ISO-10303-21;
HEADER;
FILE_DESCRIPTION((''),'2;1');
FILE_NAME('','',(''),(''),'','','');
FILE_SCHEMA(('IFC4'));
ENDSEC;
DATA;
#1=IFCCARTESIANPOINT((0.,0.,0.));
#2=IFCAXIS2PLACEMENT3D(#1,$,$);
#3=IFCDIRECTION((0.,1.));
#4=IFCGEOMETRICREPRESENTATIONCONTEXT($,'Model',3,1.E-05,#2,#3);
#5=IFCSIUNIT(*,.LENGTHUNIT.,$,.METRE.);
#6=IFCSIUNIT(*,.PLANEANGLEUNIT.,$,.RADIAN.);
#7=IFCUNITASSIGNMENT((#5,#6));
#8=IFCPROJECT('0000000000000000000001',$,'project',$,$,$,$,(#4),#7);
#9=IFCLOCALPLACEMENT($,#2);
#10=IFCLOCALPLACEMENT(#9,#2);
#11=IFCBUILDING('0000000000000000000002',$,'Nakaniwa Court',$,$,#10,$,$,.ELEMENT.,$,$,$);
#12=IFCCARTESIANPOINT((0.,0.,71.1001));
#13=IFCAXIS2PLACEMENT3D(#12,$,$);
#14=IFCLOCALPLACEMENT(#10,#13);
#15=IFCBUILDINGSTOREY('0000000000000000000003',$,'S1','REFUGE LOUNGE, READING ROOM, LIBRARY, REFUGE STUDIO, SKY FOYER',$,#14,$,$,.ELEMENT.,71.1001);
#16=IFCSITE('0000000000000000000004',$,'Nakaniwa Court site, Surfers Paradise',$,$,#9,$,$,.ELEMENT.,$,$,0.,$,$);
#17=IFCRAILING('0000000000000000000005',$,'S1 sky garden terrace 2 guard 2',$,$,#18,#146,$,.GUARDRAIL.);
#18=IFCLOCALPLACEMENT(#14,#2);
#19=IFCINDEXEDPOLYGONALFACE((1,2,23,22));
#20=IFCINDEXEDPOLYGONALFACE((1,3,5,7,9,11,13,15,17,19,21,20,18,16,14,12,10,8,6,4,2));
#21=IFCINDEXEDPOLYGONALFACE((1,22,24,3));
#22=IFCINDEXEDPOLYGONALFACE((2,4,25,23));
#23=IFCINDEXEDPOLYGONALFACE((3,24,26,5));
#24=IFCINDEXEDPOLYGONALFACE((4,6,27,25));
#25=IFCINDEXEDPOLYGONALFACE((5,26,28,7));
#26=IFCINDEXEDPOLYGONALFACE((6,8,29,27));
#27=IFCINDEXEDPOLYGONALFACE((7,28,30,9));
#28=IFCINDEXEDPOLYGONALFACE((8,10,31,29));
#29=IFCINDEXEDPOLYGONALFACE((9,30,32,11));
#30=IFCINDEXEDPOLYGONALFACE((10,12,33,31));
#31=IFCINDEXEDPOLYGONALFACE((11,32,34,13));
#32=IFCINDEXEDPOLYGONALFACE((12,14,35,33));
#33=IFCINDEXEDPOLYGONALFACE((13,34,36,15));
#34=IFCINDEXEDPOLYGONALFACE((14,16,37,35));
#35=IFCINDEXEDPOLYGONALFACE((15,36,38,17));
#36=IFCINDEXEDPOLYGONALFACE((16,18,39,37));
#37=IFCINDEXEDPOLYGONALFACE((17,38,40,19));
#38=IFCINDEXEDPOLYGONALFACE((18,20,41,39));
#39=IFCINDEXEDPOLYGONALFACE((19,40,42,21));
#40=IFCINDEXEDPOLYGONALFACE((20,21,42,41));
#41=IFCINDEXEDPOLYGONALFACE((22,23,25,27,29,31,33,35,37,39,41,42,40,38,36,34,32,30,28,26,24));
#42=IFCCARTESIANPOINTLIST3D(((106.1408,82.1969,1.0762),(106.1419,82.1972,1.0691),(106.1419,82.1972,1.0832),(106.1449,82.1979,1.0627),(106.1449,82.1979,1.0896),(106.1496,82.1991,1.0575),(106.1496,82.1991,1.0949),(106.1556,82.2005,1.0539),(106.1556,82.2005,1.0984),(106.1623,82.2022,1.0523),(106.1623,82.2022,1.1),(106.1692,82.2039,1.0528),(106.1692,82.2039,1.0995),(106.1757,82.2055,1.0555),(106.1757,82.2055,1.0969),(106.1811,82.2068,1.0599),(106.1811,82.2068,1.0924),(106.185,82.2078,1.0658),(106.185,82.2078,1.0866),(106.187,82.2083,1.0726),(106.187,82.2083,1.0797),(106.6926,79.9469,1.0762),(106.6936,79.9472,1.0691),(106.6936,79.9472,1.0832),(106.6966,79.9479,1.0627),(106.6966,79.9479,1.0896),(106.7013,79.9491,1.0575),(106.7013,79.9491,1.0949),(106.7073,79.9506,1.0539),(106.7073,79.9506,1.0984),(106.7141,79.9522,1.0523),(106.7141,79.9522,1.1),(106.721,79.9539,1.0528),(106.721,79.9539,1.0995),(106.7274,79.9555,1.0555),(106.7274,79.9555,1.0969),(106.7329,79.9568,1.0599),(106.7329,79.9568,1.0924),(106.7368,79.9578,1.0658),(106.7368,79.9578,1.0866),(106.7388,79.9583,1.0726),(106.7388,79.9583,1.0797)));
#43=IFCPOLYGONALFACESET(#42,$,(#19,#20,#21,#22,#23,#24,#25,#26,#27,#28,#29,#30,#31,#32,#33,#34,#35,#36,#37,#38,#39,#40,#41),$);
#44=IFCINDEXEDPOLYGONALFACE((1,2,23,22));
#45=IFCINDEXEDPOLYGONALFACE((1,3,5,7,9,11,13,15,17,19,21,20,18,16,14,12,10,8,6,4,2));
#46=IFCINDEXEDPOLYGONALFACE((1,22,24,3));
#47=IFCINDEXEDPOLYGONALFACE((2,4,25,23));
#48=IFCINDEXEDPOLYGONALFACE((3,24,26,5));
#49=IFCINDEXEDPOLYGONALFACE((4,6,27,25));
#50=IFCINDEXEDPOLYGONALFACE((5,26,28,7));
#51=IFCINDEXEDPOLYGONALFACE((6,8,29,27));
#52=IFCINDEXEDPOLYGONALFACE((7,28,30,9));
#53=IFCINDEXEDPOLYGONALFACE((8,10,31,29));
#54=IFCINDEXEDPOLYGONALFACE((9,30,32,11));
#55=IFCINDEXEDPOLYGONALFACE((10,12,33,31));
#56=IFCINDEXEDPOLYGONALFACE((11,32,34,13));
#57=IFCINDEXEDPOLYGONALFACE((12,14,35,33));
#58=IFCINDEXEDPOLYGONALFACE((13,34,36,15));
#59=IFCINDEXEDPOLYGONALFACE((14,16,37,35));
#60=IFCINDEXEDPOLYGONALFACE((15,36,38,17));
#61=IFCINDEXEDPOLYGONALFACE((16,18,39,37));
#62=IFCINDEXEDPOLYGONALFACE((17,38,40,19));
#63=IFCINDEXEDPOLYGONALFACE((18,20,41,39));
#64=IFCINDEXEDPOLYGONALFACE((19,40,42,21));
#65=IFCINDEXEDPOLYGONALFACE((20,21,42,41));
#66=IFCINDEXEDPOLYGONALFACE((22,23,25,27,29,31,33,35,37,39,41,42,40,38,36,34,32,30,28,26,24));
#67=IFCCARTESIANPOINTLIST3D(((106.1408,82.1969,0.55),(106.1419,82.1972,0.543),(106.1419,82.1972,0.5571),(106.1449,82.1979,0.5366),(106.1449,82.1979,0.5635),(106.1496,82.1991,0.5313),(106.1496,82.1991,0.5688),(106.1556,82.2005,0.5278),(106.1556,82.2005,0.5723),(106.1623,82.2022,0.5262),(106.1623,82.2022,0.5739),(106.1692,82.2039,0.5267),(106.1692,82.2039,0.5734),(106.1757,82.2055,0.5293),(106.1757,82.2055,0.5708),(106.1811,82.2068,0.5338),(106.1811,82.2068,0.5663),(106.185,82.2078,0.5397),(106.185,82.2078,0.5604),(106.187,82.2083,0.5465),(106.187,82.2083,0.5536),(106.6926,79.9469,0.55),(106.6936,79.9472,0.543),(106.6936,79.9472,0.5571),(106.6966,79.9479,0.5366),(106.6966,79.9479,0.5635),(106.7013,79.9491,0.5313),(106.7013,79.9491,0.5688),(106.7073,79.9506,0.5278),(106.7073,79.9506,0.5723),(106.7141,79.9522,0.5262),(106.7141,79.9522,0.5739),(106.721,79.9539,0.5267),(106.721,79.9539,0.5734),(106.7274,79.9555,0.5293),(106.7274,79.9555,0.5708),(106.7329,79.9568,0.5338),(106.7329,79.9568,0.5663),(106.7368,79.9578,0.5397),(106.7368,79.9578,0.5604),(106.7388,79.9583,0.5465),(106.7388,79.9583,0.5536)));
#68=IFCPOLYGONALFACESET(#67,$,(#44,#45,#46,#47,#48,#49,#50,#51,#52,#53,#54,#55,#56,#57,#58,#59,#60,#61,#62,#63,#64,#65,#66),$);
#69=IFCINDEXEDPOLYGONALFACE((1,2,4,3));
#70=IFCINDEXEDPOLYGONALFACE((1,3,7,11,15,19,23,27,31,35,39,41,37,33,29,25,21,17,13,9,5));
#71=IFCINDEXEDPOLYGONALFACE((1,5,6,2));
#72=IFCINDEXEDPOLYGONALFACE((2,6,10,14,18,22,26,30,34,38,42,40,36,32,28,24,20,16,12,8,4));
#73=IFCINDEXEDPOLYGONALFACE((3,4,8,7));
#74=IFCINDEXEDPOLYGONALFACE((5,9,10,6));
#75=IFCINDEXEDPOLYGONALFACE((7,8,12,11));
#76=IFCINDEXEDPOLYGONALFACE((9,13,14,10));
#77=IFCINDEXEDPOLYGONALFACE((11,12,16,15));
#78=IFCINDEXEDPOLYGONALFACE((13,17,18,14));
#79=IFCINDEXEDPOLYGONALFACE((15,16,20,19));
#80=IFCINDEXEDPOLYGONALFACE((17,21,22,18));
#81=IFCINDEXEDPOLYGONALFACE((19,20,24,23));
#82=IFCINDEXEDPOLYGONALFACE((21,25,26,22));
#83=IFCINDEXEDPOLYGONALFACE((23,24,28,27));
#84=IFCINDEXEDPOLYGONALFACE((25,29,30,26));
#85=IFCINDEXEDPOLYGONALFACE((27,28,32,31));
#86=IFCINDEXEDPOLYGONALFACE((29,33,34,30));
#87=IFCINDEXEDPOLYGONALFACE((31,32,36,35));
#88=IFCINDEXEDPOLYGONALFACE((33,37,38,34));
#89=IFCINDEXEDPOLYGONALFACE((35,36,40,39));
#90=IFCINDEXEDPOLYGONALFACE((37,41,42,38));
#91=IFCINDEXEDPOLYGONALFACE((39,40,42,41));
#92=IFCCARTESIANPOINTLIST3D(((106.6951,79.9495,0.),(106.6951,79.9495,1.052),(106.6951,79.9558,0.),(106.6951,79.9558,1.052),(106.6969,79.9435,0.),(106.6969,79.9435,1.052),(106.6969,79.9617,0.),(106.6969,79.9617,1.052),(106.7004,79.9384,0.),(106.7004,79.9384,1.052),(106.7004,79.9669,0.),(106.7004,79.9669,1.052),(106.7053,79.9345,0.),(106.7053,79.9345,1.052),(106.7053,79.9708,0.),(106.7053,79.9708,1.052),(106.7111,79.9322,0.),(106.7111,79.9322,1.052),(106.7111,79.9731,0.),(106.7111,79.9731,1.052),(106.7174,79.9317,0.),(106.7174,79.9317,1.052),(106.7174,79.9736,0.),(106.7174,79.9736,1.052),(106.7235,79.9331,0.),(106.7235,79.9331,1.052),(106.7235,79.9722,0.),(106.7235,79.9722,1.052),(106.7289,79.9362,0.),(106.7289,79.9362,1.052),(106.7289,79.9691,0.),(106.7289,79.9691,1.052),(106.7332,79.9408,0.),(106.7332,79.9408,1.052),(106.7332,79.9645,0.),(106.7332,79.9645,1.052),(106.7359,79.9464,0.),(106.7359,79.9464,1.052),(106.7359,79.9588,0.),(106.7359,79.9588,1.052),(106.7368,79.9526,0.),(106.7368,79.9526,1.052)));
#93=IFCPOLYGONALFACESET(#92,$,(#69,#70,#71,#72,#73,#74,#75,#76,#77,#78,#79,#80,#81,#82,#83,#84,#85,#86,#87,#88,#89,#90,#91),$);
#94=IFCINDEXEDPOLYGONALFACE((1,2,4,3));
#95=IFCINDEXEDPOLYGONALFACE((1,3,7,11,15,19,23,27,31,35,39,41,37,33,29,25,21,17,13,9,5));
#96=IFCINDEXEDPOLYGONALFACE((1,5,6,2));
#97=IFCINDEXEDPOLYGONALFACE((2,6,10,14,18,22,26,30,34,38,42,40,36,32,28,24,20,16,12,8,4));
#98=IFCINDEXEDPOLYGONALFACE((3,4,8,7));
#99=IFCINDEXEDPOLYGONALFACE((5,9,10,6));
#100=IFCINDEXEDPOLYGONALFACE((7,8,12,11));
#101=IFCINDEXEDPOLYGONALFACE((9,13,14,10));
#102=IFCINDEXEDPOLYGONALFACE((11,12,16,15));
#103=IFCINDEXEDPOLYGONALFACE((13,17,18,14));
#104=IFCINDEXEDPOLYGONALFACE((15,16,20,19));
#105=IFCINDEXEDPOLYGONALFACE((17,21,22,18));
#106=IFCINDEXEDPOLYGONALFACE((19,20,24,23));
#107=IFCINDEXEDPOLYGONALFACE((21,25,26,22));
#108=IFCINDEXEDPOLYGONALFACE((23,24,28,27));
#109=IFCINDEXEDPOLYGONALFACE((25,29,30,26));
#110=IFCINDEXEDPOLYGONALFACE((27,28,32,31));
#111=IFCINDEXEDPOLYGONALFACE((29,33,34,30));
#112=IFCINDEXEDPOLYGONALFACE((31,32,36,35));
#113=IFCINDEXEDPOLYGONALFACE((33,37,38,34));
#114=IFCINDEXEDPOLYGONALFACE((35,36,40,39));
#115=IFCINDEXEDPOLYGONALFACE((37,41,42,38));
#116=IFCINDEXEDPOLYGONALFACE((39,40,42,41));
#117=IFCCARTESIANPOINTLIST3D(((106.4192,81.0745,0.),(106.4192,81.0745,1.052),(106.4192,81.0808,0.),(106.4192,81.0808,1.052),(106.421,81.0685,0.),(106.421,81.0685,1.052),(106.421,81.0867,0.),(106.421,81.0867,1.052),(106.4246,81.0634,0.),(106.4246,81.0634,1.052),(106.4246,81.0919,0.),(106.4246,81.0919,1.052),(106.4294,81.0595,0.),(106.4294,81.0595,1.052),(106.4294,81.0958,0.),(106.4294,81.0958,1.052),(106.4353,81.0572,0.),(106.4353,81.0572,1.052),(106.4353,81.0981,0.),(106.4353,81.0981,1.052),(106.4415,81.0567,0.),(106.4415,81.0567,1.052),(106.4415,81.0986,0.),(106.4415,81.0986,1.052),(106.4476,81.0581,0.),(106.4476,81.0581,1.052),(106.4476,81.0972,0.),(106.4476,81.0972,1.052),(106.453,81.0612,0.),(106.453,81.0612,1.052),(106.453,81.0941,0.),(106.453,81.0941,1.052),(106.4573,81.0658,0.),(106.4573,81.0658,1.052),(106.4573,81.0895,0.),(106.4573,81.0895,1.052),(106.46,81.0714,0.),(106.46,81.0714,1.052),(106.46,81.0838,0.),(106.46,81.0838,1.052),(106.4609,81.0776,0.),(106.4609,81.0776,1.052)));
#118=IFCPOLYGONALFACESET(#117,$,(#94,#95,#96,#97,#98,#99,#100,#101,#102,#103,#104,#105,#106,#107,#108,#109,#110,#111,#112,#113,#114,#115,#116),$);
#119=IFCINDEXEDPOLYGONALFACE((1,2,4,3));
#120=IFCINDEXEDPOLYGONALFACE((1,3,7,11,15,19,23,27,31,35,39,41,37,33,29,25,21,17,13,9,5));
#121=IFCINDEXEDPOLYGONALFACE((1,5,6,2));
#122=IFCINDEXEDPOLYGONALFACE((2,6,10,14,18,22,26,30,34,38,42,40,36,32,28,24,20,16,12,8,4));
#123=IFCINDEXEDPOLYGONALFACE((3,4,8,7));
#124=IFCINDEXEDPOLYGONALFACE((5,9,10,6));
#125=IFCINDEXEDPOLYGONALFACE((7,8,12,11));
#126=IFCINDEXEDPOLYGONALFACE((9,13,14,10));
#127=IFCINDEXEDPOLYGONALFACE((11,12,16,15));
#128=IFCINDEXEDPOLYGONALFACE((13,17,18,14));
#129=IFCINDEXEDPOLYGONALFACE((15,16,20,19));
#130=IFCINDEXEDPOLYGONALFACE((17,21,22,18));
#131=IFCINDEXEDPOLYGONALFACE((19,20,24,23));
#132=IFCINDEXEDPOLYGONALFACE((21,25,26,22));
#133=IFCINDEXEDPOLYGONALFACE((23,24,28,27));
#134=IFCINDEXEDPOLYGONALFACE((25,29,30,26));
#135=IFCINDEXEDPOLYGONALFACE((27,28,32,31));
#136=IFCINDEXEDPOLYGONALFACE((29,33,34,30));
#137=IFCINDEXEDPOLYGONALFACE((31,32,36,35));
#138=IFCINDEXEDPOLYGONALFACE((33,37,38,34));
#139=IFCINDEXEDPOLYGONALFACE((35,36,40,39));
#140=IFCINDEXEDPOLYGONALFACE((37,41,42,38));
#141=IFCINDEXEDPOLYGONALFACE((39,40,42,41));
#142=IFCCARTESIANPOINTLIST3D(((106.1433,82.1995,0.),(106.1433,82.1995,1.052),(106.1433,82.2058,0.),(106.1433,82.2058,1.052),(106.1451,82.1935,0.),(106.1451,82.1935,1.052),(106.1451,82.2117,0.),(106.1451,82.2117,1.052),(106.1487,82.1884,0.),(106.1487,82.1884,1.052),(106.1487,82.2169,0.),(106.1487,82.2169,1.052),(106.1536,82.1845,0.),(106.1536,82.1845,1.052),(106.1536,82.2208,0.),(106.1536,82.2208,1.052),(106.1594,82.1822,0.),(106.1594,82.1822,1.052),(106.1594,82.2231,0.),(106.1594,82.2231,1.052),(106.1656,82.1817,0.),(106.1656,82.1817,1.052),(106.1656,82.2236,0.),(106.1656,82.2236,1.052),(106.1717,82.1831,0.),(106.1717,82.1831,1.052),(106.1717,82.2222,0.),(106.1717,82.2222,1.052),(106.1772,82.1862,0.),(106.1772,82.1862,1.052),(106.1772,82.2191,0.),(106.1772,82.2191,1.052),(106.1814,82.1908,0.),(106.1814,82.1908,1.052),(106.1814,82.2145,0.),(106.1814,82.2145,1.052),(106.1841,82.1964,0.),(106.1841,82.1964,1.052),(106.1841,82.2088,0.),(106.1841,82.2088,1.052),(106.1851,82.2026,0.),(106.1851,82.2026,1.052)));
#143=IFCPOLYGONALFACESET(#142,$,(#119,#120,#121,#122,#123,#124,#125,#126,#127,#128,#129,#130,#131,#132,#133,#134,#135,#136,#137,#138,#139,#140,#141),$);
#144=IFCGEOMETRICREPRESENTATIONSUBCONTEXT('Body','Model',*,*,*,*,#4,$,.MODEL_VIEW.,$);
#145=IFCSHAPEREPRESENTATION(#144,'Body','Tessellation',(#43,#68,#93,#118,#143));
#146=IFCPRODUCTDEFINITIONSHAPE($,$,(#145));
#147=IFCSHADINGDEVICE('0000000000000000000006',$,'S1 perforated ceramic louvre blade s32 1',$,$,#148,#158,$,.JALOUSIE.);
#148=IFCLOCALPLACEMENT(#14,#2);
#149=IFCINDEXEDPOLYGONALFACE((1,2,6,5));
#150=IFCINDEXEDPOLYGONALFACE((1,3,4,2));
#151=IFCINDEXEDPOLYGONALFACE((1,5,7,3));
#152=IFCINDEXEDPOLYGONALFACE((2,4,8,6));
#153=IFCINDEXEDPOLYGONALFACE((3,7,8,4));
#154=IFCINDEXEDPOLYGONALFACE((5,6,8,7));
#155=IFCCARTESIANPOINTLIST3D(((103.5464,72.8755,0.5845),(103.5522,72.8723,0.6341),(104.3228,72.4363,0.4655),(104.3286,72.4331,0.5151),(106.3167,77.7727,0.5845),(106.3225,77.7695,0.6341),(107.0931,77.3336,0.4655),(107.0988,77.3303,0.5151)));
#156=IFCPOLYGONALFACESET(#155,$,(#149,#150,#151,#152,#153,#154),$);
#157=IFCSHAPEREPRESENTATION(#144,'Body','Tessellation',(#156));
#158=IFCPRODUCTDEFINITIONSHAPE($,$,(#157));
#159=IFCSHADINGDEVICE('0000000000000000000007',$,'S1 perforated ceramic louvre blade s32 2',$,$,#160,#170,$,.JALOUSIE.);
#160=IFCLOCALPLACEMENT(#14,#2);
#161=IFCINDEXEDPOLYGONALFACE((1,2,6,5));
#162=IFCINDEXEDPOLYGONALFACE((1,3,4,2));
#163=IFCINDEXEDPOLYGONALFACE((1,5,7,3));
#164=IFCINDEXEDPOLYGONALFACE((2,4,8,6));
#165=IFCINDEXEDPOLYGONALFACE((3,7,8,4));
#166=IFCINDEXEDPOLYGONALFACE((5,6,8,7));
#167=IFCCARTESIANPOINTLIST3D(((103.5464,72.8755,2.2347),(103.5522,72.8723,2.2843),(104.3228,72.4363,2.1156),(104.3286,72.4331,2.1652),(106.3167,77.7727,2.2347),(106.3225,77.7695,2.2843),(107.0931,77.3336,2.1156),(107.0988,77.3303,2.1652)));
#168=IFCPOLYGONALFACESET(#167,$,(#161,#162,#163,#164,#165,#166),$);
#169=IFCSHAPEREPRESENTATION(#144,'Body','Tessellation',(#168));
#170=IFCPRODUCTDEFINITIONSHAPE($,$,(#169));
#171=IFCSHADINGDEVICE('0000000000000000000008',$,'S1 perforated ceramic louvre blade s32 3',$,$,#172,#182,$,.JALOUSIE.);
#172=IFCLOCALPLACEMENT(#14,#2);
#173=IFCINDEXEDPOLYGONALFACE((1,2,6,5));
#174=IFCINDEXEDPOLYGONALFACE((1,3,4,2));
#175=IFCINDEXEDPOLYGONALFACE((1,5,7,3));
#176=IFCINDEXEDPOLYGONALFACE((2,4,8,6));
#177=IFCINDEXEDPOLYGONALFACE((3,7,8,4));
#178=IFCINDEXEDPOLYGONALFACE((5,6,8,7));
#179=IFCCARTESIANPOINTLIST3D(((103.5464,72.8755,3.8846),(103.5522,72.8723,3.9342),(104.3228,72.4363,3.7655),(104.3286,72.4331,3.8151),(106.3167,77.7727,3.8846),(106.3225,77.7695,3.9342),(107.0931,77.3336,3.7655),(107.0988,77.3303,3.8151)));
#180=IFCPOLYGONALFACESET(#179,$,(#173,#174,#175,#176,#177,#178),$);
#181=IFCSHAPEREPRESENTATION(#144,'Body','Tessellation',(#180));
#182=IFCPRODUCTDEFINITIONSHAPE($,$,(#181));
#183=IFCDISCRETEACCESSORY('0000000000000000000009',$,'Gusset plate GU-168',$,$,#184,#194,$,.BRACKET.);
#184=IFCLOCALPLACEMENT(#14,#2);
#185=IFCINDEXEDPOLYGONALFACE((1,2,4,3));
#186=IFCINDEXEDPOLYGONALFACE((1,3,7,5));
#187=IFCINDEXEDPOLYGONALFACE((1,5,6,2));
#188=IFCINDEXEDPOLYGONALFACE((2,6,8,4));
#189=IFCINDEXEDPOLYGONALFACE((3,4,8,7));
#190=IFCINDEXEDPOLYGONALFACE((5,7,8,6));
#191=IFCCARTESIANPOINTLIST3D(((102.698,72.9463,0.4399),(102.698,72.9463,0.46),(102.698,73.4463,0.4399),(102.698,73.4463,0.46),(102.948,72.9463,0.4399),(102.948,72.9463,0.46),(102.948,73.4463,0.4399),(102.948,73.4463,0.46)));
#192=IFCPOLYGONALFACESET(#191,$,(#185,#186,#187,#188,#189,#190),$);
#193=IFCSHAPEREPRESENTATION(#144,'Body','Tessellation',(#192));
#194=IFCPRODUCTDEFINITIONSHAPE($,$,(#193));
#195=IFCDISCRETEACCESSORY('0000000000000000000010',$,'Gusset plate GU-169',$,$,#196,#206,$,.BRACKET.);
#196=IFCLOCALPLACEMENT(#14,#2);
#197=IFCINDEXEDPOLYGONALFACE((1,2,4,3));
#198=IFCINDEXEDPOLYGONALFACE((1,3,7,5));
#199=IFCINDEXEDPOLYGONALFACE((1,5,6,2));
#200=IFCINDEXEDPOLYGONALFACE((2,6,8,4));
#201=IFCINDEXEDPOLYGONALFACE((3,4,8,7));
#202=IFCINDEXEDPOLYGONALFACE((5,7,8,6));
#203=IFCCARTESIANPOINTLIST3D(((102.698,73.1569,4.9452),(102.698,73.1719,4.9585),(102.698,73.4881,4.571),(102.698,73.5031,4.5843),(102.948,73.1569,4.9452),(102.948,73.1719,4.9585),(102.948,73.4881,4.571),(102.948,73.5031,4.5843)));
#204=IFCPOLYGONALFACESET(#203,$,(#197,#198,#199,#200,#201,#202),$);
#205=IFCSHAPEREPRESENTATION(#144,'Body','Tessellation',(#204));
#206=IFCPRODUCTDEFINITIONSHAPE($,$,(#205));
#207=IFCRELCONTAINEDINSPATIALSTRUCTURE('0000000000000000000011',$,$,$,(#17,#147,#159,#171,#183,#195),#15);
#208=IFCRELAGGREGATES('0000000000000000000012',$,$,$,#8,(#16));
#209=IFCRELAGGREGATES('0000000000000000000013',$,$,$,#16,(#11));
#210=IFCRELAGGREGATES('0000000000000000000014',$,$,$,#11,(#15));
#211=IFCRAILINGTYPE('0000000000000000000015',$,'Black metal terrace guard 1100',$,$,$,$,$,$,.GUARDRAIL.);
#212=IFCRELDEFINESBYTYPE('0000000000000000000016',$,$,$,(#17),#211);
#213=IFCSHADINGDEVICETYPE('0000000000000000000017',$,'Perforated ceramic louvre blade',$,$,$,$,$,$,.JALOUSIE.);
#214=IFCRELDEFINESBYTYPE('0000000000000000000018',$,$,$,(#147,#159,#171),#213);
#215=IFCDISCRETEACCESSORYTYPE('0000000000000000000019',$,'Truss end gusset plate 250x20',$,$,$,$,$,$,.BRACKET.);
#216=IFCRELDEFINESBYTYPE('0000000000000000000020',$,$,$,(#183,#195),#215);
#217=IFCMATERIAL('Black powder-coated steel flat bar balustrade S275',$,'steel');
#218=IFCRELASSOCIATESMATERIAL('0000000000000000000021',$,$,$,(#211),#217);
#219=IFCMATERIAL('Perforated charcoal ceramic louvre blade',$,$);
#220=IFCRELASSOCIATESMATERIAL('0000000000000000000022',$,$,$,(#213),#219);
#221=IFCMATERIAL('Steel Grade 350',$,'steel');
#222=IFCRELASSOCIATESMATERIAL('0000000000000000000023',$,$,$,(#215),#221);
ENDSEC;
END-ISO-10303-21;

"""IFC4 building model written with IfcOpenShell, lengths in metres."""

from ifc_helpers import new_model, si_unit, direction, frame, origin, origin_2d, place, context, subcontext, project, spatial, rectangle, circle, extrude, material, material_profile, profile_set, type_object, element, save


model = new_model("IFC4")

# Units and contexts
model_context = context("Model", 3, precision=1e-05, world=origin(), true_north=direction((0.0, 1.0)))
body_context = subcontext(model_context, "Body", "Model", "MODEL_VIEW")
ifc_project = project(units=[si_unit("LENGTHUNIT", "METRE"), si_unit("PLANEANGLEUNIT", "RADIAN")], contexts=[model_context])

# Site, building, storey
site_placement = place(None, origin())
site = spatial("IfcSite", under=ifc_project, at=site_placement, Name="Nakaniwa Court site, Surfers Paradise", CompositionType="ELEMENT", RefElevation=0.0)
building_placement = place(site_placement, origin())
building = spatial("IfcBuilding", under=site, at=building_placement, Name="Nakaniwa Court", CompositionType="ELEMENT")
storey_placement = place(building_placement, frame((0.0, 0.0, 71.1001)))
storey = spatial("IfcBuildingStorey", under=building, at=storey_placement, Name="S1", Description="REFUGE LOUNGE, READING ROOM, LIBRARY, REFUGE STUDIO, SKY FOYER", CompositionType="ELEMENT", Elevation=71.1001)

# Shared definitions
ifc_material_1 = material(Name="Steel Grade 350", Category="steel")

# Railing
ifc_material_2 = material(Name="Black powder-coated steel flat bar balustrade S275", Category="steel")
railing_type = type_object("IfcRailingType", Name="Black metal terrace guard 1100", PredefinedType="GUARDRAIL", material=ifc_material_2)
railing_1_placement = place(storey_placement, frame((106.7158, 79.9526, 0.0)))
element("IfcRailing", 1, at=railing_1_placement, inside=storey, type_object=railing_type, Name="S1 sky garden terrace 2 guard 2", PredefinedType="GUARDRAIL", context=body_context, shape_type="SweptSolid", body=[
    extrude(circle(Radius=0.0239, at=origin_2d()), frame((0.0, 0.0, 1.0762), z_axis=(-0.238169, 0.971224, 0.0), x_axis=(-0.971224, -0.238169, 0.0)), (0.0, 0.0, 1.0), 2.3167),
    extrude(circle(Radius=0.0239, at=origin_2d()), frame((0.0, 0.0, 0.55), z_axis=(-0.238169, 0.971224, 0.0), x_axis=(-0.971224, -0.238169, 0.0)), (0.0, 0.0, 1.0), 2.3167),
    extrude(circle(Radius=0.021, at=origin_2d()), origin(), (0.0, 0.0, 1.0), 1.052),
    extrude(circle(Radius=0.021, at=origin_2d()), frame((-0.2759, 1.125, 0.0)), (0.0, 0.0, 1.0), 1.052),
    extrude(circle(Radius=0.021, at=origin_2d()), frame((-0.5518, 2.25, 0.0)), (0.0, 0.0, 1.0), 1.052),
])

# Shading devices
ifc_material_3 = material(Name="Perforated charcoal ceramic louvre blade")
ifc_material_profile_1 = material_profile(ifc_material_3, rectangle(XDim=0.8999, YDim=0.05, at=origin_2d()), Name="Perforated ceramic louvre blade")
ifc_profile_set_1 = profile_set([ifc_material_profile_1], Name="Perforated charcoal ceramic louvre blade")
shading_device_type = type_object("IfcShadingDeviceType", Name="Perforated ceramic louvre blade", PredefinedType="JALOUSIE", material=ifc_profile_set_1)
for number, where, z_axis, x_axis, name in (
    (2, (103.9375, 72.6543, 0.5498), (0.492363, 0.87039, 0.0), (-0.862744, 0.488038, 0.132256), "S1 perforated ceramic louvre blade s32 1"),
    (3, (103.9375, 72.6543, 2.2), (0.492363, 0.87039, 0.0), (-0.862744, 0.488038, 0.132256), "S1 perforated ceramic louvre blade s32 2"),
    (4, (103.9375, 72.6543, 3.8499), (0.492363, 0.87039, 0.0), (-0.862744, 0.488038, 0.132256), "S1 perforated ceramic louvre blade s32 3"),
):
    element("IfcShadingDevice", number, at=place(storey_placement, frame(where, z_axis=z_axis, x_axis=x_axis)), inside=storey, type_object=shading_device_type, Name=name, PredefinedType="JALOUSIE", context=body_context, shape_type="SweptSolid", body=[
        extrude(rectangle(XDim=0.8999, YDim=0.05, at=origin_2d()), origin(), (0.0, 0.0, 1.0), 5.6265),
    ])

# Discrete accessories
ifc_material_profile_2 = material_profile(ifc_material_1, rectangle(XDim=0.25, YDim=0.02, at=origin_2d()), Name="Truss end gusset plate 250x20")
ifc_profile_set_2 = profile_set([ifc_material_profile_2], Name="Steel Grade 350")
discrete_accessory_type = type_object("IfcDiscreteAccessoryType", Name="Truss end gusset plate 250x20", PredefinedType="BRACKET", material=ifc_profile_set_2)
discrete_accessory_1_placement = place(storey_placement, frame((102.823, 73.4463, 0.45), z_axis=(0.0, -1.0, 0.0), x_axis=(1.0, 0.0, 0.0)))
element("IfcDiscreteAccessory", 5, at=discrete_accessory_1_placement, inside=storey, type_object=discrete_accessory_type, Name="Gusset plate GU-168", PredefinedType="BRACKET", context=body_context, shape_type="SweptSolid", body=[
    extrude(rectangle(XDim=0.25, YDim=0.02, at=origin_2d()), origin(), (0.0, 0.0, 1.0), 0.5),
])
discrete_accessory_2_placement = place(storey_placement, frame((102.823, 73.4956, 4.5776), z_axis=(0.0, -0.662816, 0.748782), x_axis=(1.0, 0.0, 0.0)))
element("IfcDiscreteAccessory", 6, at=discrete_accessory_2_placement, inside=storey, type_object=discrete_accessory_type, Name="Gusset plate GU-169", PredefinedType="BRACKET", context=body_context, shape_type="SweptSolid", body=[
    extrude(rectangle(XDim=0.25, YDim=0.02, at=origin_2d()), origin(), (0.0, 0.0, 1.0), 0.4998),
])

save(model, "model.ifc")
